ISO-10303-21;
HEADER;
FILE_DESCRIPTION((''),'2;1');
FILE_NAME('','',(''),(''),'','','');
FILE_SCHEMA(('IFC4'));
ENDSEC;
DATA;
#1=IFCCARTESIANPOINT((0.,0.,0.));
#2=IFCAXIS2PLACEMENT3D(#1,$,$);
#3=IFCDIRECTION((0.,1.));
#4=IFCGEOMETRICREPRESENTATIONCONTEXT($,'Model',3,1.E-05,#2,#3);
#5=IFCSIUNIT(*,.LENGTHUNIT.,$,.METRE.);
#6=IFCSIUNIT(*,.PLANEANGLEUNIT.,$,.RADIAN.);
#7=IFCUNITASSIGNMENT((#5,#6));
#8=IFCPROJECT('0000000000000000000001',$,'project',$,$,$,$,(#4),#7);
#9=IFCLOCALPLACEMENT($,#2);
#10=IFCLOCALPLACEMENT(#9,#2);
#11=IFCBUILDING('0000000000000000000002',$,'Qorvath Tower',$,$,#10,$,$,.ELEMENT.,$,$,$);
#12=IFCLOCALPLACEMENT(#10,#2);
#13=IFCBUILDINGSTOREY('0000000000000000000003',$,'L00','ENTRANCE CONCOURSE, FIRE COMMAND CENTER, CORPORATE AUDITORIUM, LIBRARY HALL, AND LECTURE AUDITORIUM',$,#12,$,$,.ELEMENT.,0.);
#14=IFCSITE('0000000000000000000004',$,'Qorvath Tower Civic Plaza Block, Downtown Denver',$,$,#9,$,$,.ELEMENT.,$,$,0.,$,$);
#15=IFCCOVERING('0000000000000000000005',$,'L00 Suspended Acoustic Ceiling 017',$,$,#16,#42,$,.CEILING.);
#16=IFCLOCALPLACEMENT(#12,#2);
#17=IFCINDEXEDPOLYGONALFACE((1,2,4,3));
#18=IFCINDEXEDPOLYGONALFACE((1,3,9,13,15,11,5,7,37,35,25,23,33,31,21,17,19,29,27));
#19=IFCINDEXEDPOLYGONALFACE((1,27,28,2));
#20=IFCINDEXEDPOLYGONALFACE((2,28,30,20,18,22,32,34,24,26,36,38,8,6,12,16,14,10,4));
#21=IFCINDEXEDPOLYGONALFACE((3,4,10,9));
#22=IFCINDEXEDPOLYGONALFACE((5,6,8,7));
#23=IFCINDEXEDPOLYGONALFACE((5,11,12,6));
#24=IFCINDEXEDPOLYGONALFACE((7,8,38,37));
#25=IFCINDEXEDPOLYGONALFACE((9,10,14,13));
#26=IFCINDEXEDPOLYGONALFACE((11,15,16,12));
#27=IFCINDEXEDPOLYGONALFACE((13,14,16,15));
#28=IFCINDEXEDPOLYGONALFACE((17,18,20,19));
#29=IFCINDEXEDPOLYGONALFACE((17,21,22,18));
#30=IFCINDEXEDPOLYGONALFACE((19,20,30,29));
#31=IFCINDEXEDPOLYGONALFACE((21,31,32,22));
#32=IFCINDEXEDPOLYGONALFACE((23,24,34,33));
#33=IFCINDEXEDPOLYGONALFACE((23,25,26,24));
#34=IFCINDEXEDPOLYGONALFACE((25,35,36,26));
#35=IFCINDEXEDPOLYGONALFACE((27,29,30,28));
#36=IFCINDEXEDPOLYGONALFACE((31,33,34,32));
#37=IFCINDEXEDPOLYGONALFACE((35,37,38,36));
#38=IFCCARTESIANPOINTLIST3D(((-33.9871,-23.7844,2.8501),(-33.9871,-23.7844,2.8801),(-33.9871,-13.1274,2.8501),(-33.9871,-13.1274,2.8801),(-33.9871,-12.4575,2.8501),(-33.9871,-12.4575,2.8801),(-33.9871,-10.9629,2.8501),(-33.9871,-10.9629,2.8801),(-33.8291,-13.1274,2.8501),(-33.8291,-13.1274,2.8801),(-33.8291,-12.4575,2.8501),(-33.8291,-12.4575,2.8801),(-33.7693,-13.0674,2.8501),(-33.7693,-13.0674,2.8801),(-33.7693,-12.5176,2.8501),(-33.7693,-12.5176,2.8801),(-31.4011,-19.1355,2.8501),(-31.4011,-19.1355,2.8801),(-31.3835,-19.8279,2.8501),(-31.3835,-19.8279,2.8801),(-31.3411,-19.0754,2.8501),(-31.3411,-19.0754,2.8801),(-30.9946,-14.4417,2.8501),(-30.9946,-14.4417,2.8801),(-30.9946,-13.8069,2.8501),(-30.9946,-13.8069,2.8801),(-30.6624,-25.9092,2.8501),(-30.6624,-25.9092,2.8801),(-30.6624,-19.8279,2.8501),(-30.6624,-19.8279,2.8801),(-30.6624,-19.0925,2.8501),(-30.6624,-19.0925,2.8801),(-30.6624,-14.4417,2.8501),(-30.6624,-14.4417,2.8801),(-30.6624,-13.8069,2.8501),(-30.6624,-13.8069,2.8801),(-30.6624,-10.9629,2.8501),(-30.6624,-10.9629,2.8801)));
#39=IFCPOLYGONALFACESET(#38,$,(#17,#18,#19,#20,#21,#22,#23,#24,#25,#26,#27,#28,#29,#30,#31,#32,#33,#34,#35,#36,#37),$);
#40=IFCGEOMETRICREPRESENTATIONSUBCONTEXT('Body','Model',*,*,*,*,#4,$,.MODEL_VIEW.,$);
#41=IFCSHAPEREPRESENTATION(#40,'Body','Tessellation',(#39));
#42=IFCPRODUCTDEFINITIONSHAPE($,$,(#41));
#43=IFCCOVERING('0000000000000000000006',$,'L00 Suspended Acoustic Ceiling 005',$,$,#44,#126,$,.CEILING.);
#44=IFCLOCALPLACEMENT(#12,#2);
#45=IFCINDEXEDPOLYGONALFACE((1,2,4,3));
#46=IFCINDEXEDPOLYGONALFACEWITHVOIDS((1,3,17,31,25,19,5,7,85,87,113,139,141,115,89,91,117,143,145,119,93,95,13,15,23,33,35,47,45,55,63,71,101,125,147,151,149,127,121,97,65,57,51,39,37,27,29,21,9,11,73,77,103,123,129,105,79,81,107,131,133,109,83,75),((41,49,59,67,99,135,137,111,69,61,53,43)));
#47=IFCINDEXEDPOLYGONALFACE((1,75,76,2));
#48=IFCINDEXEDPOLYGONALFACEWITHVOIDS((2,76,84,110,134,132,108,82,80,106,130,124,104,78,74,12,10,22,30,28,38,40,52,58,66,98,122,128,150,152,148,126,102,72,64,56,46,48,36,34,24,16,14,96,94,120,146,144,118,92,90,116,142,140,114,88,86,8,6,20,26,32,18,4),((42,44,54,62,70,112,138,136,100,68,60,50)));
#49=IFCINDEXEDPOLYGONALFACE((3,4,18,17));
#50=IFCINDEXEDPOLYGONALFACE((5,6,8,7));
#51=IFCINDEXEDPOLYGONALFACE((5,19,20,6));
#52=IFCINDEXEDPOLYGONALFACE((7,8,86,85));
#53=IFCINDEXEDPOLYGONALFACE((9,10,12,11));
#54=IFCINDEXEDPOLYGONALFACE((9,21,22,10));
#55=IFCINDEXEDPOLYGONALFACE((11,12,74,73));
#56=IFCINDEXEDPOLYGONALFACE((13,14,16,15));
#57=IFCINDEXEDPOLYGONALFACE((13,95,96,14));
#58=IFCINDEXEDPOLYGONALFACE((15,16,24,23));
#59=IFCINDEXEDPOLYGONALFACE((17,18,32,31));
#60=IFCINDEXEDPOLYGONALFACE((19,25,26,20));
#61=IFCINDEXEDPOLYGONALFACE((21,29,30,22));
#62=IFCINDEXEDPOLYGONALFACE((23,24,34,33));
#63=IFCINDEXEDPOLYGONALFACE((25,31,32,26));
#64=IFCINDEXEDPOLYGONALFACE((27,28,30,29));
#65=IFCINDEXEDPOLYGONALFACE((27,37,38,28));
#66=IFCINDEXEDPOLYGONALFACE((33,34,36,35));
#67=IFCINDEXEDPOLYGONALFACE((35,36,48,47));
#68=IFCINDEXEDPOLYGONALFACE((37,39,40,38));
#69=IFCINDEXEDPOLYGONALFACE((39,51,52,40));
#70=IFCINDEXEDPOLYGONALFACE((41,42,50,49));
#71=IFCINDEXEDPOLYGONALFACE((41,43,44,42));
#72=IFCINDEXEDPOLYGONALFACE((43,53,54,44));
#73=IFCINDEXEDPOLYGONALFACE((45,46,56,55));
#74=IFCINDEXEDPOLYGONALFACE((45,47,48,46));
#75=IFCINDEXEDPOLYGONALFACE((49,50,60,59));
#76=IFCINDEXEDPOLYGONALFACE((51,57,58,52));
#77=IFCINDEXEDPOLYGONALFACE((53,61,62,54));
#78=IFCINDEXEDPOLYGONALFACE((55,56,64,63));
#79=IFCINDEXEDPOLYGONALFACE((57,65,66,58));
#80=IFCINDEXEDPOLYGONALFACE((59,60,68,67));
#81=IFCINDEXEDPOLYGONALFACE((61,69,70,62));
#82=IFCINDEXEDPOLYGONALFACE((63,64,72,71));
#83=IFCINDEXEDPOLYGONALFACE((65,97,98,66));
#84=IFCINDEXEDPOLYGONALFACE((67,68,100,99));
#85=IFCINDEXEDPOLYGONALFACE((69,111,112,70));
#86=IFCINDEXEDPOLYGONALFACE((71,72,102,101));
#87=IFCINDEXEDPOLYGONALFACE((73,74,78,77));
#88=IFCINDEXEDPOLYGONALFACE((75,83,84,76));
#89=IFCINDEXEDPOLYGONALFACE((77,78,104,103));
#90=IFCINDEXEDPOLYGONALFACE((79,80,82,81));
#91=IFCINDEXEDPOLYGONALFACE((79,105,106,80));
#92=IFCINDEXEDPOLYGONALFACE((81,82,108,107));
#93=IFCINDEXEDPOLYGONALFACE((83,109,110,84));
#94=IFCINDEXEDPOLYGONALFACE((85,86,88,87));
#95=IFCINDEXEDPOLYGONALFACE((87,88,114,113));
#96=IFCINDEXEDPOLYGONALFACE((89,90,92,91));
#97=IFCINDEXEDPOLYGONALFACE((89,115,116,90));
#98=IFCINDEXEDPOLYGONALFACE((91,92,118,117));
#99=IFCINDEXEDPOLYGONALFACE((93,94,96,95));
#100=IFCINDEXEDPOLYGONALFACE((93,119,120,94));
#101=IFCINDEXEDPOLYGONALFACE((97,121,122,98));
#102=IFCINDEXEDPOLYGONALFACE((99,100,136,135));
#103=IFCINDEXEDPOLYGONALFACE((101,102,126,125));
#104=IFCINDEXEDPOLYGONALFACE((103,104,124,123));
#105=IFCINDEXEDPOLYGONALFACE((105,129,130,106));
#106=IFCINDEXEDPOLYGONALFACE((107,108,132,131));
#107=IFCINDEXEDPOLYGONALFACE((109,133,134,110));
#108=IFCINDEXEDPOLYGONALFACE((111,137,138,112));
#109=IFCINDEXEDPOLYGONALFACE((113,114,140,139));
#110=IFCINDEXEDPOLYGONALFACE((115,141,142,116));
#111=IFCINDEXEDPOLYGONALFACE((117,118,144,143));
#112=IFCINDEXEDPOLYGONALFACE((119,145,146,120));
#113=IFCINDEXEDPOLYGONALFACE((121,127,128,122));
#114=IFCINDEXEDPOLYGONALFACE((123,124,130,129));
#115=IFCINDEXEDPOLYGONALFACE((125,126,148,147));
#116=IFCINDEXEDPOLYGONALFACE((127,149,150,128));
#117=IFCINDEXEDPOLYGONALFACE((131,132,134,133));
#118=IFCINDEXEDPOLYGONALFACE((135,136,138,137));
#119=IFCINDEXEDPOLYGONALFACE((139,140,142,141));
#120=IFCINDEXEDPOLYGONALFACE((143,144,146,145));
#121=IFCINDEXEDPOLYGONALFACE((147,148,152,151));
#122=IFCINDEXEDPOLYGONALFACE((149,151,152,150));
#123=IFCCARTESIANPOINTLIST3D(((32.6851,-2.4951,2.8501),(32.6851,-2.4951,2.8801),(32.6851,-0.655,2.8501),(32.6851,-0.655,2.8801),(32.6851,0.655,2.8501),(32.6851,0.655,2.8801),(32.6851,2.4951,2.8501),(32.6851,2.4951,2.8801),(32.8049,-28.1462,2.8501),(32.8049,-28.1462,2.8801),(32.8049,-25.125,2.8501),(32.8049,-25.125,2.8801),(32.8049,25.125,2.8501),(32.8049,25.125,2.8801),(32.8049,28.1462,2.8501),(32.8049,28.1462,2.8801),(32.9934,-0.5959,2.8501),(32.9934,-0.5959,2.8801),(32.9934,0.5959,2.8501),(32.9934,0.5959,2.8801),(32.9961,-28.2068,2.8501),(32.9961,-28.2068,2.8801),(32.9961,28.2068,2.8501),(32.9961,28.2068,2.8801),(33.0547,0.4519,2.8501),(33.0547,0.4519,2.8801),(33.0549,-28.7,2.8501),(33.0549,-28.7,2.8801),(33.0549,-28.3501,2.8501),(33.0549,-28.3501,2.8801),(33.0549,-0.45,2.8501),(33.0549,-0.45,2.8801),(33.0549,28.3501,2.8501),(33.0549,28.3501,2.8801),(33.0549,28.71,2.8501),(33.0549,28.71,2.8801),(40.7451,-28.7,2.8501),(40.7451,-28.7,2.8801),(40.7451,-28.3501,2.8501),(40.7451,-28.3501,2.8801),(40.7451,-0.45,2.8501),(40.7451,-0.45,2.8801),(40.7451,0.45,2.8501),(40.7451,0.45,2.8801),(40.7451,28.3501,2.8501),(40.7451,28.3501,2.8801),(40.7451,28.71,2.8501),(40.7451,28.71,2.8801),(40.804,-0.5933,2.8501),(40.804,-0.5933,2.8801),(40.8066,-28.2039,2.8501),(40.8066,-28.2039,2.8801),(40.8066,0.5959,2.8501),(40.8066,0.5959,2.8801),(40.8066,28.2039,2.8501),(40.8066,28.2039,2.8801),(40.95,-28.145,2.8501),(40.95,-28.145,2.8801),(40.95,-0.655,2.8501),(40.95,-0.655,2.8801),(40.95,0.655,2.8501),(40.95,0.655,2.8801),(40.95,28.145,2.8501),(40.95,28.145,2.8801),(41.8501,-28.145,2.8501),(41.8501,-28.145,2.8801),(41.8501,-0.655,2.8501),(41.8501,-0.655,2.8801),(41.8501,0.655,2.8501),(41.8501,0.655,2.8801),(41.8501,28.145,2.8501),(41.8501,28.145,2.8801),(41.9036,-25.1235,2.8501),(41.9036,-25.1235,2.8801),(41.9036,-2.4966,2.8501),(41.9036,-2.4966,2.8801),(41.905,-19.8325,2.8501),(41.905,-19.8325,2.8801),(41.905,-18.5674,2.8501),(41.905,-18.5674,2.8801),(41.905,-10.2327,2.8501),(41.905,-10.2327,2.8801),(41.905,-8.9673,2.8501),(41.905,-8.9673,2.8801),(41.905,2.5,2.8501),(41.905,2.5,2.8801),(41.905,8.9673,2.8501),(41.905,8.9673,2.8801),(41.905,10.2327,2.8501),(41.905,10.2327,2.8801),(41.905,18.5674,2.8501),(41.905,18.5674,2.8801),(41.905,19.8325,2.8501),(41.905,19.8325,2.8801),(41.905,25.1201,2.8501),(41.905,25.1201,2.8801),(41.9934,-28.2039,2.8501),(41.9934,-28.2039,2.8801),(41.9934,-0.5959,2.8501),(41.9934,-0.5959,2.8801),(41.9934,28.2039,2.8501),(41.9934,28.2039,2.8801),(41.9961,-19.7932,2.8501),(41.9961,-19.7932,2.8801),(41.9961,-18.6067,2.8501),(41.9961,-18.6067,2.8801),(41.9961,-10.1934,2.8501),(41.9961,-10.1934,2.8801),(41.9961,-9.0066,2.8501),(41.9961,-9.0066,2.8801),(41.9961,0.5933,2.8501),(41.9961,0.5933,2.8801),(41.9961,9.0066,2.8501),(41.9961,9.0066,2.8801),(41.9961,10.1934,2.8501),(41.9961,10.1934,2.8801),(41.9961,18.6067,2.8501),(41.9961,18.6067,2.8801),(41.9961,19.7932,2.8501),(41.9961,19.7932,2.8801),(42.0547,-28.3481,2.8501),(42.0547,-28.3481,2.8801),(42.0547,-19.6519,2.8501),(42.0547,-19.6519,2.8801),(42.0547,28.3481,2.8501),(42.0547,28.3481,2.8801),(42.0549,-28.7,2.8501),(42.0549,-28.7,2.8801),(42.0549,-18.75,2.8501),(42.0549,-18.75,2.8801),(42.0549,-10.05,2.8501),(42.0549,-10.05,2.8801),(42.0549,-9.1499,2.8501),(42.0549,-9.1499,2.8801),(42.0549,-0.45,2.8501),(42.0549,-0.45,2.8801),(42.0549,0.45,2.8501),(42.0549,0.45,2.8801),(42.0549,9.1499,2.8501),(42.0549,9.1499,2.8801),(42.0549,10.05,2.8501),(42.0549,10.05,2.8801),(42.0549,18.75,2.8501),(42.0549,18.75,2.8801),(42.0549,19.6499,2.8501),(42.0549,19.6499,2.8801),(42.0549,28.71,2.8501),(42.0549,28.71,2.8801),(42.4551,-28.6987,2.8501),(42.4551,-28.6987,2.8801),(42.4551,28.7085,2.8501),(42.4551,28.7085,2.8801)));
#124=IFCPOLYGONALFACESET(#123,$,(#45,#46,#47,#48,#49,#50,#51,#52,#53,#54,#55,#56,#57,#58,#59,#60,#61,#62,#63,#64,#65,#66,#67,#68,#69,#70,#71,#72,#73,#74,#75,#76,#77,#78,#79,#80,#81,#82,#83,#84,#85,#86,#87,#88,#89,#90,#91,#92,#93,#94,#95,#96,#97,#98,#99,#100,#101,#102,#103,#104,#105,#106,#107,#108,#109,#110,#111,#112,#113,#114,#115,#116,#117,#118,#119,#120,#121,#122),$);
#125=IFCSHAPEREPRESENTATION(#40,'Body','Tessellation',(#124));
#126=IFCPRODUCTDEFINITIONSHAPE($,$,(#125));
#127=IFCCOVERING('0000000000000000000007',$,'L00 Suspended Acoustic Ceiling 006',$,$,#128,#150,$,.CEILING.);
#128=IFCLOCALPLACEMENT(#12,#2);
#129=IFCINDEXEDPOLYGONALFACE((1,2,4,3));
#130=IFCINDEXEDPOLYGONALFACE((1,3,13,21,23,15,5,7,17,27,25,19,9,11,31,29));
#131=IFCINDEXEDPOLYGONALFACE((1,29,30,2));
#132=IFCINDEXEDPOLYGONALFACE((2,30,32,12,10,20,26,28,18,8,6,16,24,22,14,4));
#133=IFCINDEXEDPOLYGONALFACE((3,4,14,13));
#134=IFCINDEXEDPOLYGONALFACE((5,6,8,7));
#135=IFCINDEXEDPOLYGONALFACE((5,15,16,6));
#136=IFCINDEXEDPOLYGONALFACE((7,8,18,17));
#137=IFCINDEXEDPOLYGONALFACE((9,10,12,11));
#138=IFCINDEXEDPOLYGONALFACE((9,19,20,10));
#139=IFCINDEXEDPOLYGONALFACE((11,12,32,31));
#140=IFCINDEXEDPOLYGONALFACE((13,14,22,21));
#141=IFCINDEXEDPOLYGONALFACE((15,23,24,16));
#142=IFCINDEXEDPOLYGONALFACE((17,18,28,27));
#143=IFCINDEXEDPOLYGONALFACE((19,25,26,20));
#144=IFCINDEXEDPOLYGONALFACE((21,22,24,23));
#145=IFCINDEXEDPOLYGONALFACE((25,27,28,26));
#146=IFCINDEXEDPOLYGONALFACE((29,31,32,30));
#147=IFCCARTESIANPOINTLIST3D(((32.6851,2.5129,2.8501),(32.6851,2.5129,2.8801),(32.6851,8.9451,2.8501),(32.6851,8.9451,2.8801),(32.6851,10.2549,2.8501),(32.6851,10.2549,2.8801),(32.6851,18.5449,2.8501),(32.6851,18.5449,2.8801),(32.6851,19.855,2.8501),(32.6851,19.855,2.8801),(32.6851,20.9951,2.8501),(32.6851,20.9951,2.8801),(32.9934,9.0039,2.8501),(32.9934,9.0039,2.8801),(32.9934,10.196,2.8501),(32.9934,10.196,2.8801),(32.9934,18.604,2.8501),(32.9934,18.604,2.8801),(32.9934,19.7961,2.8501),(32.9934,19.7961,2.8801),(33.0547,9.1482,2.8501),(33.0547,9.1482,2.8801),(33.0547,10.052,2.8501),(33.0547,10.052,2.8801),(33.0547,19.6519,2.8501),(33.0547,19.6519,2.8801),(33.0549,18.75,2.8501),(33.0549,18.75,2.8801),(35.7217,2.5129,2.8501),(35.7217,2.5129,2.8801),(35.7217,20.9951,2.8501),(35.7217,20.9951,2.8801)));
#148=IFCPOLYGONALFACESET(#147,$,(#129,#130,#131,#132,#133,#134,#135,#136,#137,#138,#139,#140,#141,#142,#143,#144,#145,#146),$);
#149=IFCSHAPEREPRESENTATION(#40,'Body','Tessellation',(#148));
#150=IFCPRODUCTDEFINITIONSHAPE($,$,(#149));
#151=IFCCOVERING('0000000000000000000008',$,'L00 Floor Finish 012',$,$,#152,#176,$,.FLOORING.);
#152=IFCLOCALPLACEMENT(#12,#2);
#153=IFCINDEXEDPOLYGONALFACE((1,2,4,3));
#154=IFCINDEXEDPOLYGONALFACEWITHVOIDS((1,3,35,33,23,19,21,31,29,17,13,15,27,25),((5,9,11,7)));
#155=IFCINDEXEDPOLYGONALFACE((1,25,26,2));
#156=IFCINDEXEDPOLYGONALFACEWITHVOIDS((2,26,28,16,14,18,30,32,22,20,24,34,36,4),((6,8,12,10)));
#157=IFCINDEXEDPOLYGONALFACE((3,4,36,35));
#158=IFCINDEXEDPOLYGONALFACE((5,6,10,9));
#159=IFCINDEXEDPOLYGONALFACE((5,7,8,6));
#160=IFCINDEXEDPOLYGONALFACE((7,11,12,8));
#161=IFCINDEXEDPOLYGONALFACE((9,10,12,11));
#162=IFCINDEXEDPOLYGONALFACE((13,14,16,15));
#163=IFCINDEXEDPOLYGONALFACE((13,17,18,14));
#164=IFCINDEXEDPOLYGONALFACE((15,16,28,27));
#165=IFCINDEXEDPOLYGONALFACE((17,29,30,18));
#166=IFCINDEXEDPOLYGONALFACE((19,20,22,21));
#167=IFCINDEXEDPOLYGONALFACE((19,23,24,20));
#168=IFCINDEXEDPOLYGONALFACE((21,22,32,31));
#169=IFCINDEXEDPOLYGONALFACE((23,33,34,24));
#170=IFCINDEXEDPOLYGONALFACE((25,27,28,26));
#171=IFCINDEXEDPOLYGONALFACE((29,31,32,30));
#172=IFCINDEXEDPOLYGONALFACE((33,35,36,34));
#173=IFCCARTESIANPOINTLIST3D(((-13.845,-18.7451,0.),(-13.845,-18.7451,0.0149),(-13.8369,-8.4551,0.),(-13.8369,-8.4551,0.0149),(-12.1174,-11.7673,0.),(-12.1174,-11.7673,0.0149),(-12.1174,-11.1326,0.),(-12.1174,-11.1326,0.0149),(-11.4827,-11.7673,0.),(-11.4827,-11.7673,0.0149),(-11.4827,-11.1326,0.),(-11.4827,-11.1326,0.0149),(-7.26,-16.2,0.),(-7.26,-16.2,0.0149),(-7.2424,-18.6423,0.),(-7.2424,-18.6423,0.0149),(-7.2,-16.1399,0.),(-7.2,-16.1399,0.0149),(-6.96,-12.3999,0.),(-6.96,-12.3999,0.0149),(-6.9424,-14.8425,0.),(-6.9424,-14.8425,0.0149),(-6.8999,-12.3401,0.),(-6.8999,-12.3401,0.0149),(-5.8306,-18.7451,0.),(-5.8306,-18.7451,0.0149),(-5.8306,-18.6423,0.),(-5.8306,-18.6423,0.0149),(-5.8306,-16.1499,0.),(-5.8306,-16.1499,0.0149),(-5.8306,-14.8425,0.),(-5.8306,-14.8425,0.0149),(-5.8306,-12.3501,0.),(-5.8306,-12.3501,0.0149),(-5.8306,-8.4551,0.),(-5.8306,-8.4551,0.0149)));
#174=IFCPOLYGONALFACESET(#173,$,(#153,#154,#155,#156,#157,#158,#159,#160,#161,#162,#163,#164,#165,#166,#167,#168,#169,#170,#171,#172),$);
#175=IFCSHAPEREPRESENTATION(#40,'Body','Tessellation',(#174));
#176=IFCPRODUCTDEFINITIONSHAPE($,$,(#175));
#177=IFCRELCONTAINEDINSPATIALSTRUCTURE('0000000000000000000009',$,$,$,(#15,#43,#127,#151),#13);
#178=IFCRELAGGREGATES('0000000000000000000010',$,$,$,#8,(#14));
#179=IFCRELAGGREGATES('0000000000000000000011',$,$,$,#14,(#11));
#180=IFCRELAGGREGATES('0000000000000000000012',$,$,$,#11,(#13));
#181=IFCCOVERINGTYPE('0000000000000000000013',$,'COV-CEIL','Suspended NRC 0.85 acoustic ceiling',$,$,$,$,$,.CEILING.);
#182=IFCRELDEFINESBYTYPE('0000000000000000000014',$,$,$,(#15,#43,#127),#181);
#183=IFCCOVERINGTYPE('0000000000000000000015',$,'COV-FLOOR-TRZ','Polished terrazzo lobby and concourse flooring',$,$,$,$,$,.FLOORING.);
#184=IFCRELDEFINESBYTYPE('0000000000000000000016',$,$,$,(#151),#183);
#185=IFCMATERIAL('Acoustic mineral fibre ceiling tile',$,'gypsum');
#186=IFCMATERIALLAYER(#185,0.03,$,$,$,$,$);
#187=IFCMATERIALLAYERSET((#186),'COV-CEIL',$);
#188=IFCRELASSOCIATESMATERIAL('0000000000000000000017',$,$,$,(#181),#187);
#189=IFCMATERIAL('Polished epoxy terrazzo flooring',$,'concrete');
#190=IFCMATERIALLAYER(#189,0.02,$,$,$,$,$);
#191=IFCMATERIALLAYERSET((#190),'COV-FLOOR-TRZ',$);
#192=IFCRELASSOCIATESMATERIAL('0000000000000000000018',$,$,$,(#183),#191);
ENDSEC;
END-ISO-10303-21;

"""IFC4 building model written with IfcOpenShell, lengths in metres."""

from ifc_helpers import new_model, si_unit, direction, frame, origin, place, context, subcontext, project, spatial, polyline, outline, extrude, material, layer, layer_set, type_object, element, save


model = new_model("IFC4")

# Units and contexts
model_context = context("Model", 3, precision=1e-05, world=origin(), true_north=direction((0.0, 1.0)))
body_context = subcontext(model_context, "Body", "Model", "MODEL_VIEW")
ifc_project = project(units=[si_unit("LENGTHUNIT", "METRE"), si_unit("PLANEANGLEUNIT", "RADIAN")], contexts=[model_context])

# Site, building, storey
site_placement = place(None, origin())
site = spatial("IfcSite", under=ifc_project, at=site_placement, Name="Qorvath Tower Civic Plaza Block, Downtown Denver", CompositionType="ELEMENT", RefElevation=0.0)
building_placement = place(site_placement, origin())
building = spatial("IfcBuilding", under=site, at=building_placement, Name="Qorvath Tower", CompositionType="ELEMENT")
storey_placement = place(building_placement, origin())
storey = spatial("IfcBuildingStorey", under=building, at=storey_placement, Name="L00", Description="ENTRANCE CONCOURSE, FIRE COMMAND CENTER, CORPORATE AUDITORIUM, LIBRARY HALL, AND LECTURE AUDITORIUM", CompositionType="ELEMENT", Elevation=0.0)

# Coverings
ifc_material_1 = material(Name="Acoustic mineral fibre ceiling tile", Category="gypsum")
ifc_layer_1 = layer(ifc_material_1, 0.03)
ifc_layer_set_1 = layer_set([ifc_layer_1], Name="COV-CEIL")
covering_type_1 = type_object("IfcCoveringType", Name="COV-CEIL", Description="Suspended NRC 0.85 acoustic ceiling", PredefinedType="CEILING", material=ifc_layer_set_1)
covering_1_placement = place(storey_placement, frame((0.0, 0.0, 2.8501)))
element("IfcCovering", 1, at=covering_1_placement, inside=storey, type_object=covering_type_1, Name="L00 Suspended Acoustic Ceiling 017", PredefinedType="CEILING", context=body_context, shape_type="SweptSolid", body=[
    extrude(outline(polyline([(-30.6624, -25.9092), (-30.6624, -19.8279), (-31.3835, -19.8279), (-31.4011, -19.1355), (-31.3411, -19.0754), (-30.6624, -19.0925), (-30.6624, -14.4417), (-30.9946, -14.4417), (-30.9946, -13.8069), (-30.6624, -13.8069), (-30.6624, -10.9629), (-33.9871, -10.9629), (-33.9871, -12.4575), (-33.8291, -12.4575), (-33.7693, -12.5176), (-33.7693, -13.0674), (-33.8291, -13.1274), (-33.9871, -13.1274), (-33.9871, -23.7844), (-30.6624, -25.9092)])), origin(), (0.0, 0.0, 1.0), 0.03),
])
covering_2_placement = place(storey_placement, frame((0.0, 0.0, 2.8501)))
element("IfcCovering", 2, at=covering_2_placement, inside=storey, type_object=covering_type_1, Name="L00 Suspended Acoustic Ceiling 005", PredefinedType="CEILING", context=body_context, shape_type="SweptSolid", body=[
    extrude(outline(polyline([(42.0547, -19.6519), (41.9961, -19.7932), (41.905, -19.8325), (41.9036, -25.1235), (32.8049, -25.125), (32.8049, -28.1462), (32.9961, -28.2068), (33.0549, -28.3501), (33.0549, -28.7), (40.7451, -28.7), (40.7451, -28.3501), (40.8066, -28.2039), (40.95, -28.145), (41.8501, -28.145), (41.9934, -28.2039), (42.0547, -28.3481), (42.0549, -28.7), (42.4551, -28.6987), (42.4551, 28.7085), (42.0549, 28.71), (42.0547, 28.3481), (41.9934, 28.2039), (41.8501, 28.145), (40.95, 28.145), (40.8066, 28.2039), (40.7451, 28.3501), (40.7451, 28.71), (33.0549, 28.71), (33.0549, 28.3501), (32.9961, 28.2068), (32.8049, 28.1462), (32.8049, 25.125), (41.905, 25.1201), (41.905, 19.8325), (41.9961, 19.7932), (42.0549, 19.6499), (42.0549, 18.75), (41.9961, 18.6067), (41.905, 18.5674), (41.905, 10.2327), (41.9961, 10.1934), (42.0549, 10.05), (42.0549, 9.1499), (41.9961, 9.0066), (41.905, 8.9673), (41.905, 2.5), (32.6851, 2.4951), (32.6851, 0.655), (32.9934, 0.5959), (33.0547, 0.4519), (33.0549, -0.45), (32.9934, -0.5959), (32.6851, -0.655), (32.6851, -2.4951), (41.9036, -2.4966), (41.905, -8.9673), (41.9961, -9.0066), (42.0549, -9.1499), (42.0549, -10.05), (41.9961, -10.1934), (41.905, -10.2327), (41.905, -18.5674), (41.9961, -18.6067), (42.0549, -18.75), (42.0547, -19.6519)]), holes=[polyline([(40.804, -0.5933), (40.7451, -0.45), (40.7451, 0.45), (40.8066, 0.5959), (40.95, 0.655), (41.8501, 0.655), (41.9961, 0.5933), (42.0549, 0.45), (42.0549, -0.45), (41.9934, -0.5959), (41.8501, -0.655), (40.95, -0.655), (40.804, -0.5933)])]), origin(), (0.0, 0.0, 1.0), 0.03),
])
covering_3_placement = place(storey_placement, frame((0.0, 0.0, 2.8501)))
element("IfcCovering", 3, at=covering_3_placement, inside=storey, type_object=covering_type_1, Name="L00 Suspended Acoustic Ceiling 006", PredefinedType="CEILING", context=body_context, shape_type="SweptSolid", body=[
    extrude(outline(polyline([(33.0547, 9.1482), (32.9934, 9.0039), (32.6851, 8.9451), (32.6851, 2.5129), (35.7217, 2.5129), (35.7217, 20.9951), (32.6851, 20.9951), (32.6851, 19.855), (32.9934, 19.7961), (33.0547, 19.6519), (33.0549, 18.75), (32.9934, 18.604), (32.6851, 18.5449), (32.6851, 10.2549), (32.9934, 10.196), (33.0547, 10.052), (33.0547, 9.1482)])), origin(), (0.0, 0.0, 1.0), 0.03),
])
ifc_material_2 = material(Name="Polished epoxy terrazzo flooring", Category="concrete")
ifc_layer_2 = layer(ifc_material_2, 0.02)
ifc_layer_set_2 = layer_set([ifc_layer_2], Name="COV-FLOOR-TRZ")
covering_type_2 = type_object("IfcCoveringType", Name="COV-FLOOR-TRZ", Description="Polished terrazzo lobby and concourse flooring", PredefinedType="FLOORING", material=ifc_layer_set_2)
covering_4_placement = place(storey_placement, origin())
element("IfcCovering", 4, at=covering_4_placement, inside=storey, type_object=covering_type_2, Name="L00 Floor Finish 012", PredefinedType="FLOORING", context=body_context, shape_type="SweptSolid", body=[
    extrude(outline(polyline([(-13.845, -18.7451), (-5.8306, -18.7451), (-5.8306, -18.6423), (-7.2424, -18.6423), (-7.26, -16.2), (-7.2, -16.1399), (-5.8306, -16.1499), (-5.8306, -14.8425), (-6.9424, -14.8425), (-6.96, -12.3999), (-6.8999, -12.3401), (-5.8306, -12.3501), (-5.8306, -8.4551), (-13.8369, -8.4551), (-13.845, -18.7451)]), holes=[polyline([(-12.1174, -11.1326), (-11.4827, -11.1326), (-11.4827, -11.7673), (-12.1174, -11.7673), (-12.1174, -11.1326)])]), origin(), (0.0, 0.0, 1.0), 0.0149),
])

save(model, "model.ifc")
